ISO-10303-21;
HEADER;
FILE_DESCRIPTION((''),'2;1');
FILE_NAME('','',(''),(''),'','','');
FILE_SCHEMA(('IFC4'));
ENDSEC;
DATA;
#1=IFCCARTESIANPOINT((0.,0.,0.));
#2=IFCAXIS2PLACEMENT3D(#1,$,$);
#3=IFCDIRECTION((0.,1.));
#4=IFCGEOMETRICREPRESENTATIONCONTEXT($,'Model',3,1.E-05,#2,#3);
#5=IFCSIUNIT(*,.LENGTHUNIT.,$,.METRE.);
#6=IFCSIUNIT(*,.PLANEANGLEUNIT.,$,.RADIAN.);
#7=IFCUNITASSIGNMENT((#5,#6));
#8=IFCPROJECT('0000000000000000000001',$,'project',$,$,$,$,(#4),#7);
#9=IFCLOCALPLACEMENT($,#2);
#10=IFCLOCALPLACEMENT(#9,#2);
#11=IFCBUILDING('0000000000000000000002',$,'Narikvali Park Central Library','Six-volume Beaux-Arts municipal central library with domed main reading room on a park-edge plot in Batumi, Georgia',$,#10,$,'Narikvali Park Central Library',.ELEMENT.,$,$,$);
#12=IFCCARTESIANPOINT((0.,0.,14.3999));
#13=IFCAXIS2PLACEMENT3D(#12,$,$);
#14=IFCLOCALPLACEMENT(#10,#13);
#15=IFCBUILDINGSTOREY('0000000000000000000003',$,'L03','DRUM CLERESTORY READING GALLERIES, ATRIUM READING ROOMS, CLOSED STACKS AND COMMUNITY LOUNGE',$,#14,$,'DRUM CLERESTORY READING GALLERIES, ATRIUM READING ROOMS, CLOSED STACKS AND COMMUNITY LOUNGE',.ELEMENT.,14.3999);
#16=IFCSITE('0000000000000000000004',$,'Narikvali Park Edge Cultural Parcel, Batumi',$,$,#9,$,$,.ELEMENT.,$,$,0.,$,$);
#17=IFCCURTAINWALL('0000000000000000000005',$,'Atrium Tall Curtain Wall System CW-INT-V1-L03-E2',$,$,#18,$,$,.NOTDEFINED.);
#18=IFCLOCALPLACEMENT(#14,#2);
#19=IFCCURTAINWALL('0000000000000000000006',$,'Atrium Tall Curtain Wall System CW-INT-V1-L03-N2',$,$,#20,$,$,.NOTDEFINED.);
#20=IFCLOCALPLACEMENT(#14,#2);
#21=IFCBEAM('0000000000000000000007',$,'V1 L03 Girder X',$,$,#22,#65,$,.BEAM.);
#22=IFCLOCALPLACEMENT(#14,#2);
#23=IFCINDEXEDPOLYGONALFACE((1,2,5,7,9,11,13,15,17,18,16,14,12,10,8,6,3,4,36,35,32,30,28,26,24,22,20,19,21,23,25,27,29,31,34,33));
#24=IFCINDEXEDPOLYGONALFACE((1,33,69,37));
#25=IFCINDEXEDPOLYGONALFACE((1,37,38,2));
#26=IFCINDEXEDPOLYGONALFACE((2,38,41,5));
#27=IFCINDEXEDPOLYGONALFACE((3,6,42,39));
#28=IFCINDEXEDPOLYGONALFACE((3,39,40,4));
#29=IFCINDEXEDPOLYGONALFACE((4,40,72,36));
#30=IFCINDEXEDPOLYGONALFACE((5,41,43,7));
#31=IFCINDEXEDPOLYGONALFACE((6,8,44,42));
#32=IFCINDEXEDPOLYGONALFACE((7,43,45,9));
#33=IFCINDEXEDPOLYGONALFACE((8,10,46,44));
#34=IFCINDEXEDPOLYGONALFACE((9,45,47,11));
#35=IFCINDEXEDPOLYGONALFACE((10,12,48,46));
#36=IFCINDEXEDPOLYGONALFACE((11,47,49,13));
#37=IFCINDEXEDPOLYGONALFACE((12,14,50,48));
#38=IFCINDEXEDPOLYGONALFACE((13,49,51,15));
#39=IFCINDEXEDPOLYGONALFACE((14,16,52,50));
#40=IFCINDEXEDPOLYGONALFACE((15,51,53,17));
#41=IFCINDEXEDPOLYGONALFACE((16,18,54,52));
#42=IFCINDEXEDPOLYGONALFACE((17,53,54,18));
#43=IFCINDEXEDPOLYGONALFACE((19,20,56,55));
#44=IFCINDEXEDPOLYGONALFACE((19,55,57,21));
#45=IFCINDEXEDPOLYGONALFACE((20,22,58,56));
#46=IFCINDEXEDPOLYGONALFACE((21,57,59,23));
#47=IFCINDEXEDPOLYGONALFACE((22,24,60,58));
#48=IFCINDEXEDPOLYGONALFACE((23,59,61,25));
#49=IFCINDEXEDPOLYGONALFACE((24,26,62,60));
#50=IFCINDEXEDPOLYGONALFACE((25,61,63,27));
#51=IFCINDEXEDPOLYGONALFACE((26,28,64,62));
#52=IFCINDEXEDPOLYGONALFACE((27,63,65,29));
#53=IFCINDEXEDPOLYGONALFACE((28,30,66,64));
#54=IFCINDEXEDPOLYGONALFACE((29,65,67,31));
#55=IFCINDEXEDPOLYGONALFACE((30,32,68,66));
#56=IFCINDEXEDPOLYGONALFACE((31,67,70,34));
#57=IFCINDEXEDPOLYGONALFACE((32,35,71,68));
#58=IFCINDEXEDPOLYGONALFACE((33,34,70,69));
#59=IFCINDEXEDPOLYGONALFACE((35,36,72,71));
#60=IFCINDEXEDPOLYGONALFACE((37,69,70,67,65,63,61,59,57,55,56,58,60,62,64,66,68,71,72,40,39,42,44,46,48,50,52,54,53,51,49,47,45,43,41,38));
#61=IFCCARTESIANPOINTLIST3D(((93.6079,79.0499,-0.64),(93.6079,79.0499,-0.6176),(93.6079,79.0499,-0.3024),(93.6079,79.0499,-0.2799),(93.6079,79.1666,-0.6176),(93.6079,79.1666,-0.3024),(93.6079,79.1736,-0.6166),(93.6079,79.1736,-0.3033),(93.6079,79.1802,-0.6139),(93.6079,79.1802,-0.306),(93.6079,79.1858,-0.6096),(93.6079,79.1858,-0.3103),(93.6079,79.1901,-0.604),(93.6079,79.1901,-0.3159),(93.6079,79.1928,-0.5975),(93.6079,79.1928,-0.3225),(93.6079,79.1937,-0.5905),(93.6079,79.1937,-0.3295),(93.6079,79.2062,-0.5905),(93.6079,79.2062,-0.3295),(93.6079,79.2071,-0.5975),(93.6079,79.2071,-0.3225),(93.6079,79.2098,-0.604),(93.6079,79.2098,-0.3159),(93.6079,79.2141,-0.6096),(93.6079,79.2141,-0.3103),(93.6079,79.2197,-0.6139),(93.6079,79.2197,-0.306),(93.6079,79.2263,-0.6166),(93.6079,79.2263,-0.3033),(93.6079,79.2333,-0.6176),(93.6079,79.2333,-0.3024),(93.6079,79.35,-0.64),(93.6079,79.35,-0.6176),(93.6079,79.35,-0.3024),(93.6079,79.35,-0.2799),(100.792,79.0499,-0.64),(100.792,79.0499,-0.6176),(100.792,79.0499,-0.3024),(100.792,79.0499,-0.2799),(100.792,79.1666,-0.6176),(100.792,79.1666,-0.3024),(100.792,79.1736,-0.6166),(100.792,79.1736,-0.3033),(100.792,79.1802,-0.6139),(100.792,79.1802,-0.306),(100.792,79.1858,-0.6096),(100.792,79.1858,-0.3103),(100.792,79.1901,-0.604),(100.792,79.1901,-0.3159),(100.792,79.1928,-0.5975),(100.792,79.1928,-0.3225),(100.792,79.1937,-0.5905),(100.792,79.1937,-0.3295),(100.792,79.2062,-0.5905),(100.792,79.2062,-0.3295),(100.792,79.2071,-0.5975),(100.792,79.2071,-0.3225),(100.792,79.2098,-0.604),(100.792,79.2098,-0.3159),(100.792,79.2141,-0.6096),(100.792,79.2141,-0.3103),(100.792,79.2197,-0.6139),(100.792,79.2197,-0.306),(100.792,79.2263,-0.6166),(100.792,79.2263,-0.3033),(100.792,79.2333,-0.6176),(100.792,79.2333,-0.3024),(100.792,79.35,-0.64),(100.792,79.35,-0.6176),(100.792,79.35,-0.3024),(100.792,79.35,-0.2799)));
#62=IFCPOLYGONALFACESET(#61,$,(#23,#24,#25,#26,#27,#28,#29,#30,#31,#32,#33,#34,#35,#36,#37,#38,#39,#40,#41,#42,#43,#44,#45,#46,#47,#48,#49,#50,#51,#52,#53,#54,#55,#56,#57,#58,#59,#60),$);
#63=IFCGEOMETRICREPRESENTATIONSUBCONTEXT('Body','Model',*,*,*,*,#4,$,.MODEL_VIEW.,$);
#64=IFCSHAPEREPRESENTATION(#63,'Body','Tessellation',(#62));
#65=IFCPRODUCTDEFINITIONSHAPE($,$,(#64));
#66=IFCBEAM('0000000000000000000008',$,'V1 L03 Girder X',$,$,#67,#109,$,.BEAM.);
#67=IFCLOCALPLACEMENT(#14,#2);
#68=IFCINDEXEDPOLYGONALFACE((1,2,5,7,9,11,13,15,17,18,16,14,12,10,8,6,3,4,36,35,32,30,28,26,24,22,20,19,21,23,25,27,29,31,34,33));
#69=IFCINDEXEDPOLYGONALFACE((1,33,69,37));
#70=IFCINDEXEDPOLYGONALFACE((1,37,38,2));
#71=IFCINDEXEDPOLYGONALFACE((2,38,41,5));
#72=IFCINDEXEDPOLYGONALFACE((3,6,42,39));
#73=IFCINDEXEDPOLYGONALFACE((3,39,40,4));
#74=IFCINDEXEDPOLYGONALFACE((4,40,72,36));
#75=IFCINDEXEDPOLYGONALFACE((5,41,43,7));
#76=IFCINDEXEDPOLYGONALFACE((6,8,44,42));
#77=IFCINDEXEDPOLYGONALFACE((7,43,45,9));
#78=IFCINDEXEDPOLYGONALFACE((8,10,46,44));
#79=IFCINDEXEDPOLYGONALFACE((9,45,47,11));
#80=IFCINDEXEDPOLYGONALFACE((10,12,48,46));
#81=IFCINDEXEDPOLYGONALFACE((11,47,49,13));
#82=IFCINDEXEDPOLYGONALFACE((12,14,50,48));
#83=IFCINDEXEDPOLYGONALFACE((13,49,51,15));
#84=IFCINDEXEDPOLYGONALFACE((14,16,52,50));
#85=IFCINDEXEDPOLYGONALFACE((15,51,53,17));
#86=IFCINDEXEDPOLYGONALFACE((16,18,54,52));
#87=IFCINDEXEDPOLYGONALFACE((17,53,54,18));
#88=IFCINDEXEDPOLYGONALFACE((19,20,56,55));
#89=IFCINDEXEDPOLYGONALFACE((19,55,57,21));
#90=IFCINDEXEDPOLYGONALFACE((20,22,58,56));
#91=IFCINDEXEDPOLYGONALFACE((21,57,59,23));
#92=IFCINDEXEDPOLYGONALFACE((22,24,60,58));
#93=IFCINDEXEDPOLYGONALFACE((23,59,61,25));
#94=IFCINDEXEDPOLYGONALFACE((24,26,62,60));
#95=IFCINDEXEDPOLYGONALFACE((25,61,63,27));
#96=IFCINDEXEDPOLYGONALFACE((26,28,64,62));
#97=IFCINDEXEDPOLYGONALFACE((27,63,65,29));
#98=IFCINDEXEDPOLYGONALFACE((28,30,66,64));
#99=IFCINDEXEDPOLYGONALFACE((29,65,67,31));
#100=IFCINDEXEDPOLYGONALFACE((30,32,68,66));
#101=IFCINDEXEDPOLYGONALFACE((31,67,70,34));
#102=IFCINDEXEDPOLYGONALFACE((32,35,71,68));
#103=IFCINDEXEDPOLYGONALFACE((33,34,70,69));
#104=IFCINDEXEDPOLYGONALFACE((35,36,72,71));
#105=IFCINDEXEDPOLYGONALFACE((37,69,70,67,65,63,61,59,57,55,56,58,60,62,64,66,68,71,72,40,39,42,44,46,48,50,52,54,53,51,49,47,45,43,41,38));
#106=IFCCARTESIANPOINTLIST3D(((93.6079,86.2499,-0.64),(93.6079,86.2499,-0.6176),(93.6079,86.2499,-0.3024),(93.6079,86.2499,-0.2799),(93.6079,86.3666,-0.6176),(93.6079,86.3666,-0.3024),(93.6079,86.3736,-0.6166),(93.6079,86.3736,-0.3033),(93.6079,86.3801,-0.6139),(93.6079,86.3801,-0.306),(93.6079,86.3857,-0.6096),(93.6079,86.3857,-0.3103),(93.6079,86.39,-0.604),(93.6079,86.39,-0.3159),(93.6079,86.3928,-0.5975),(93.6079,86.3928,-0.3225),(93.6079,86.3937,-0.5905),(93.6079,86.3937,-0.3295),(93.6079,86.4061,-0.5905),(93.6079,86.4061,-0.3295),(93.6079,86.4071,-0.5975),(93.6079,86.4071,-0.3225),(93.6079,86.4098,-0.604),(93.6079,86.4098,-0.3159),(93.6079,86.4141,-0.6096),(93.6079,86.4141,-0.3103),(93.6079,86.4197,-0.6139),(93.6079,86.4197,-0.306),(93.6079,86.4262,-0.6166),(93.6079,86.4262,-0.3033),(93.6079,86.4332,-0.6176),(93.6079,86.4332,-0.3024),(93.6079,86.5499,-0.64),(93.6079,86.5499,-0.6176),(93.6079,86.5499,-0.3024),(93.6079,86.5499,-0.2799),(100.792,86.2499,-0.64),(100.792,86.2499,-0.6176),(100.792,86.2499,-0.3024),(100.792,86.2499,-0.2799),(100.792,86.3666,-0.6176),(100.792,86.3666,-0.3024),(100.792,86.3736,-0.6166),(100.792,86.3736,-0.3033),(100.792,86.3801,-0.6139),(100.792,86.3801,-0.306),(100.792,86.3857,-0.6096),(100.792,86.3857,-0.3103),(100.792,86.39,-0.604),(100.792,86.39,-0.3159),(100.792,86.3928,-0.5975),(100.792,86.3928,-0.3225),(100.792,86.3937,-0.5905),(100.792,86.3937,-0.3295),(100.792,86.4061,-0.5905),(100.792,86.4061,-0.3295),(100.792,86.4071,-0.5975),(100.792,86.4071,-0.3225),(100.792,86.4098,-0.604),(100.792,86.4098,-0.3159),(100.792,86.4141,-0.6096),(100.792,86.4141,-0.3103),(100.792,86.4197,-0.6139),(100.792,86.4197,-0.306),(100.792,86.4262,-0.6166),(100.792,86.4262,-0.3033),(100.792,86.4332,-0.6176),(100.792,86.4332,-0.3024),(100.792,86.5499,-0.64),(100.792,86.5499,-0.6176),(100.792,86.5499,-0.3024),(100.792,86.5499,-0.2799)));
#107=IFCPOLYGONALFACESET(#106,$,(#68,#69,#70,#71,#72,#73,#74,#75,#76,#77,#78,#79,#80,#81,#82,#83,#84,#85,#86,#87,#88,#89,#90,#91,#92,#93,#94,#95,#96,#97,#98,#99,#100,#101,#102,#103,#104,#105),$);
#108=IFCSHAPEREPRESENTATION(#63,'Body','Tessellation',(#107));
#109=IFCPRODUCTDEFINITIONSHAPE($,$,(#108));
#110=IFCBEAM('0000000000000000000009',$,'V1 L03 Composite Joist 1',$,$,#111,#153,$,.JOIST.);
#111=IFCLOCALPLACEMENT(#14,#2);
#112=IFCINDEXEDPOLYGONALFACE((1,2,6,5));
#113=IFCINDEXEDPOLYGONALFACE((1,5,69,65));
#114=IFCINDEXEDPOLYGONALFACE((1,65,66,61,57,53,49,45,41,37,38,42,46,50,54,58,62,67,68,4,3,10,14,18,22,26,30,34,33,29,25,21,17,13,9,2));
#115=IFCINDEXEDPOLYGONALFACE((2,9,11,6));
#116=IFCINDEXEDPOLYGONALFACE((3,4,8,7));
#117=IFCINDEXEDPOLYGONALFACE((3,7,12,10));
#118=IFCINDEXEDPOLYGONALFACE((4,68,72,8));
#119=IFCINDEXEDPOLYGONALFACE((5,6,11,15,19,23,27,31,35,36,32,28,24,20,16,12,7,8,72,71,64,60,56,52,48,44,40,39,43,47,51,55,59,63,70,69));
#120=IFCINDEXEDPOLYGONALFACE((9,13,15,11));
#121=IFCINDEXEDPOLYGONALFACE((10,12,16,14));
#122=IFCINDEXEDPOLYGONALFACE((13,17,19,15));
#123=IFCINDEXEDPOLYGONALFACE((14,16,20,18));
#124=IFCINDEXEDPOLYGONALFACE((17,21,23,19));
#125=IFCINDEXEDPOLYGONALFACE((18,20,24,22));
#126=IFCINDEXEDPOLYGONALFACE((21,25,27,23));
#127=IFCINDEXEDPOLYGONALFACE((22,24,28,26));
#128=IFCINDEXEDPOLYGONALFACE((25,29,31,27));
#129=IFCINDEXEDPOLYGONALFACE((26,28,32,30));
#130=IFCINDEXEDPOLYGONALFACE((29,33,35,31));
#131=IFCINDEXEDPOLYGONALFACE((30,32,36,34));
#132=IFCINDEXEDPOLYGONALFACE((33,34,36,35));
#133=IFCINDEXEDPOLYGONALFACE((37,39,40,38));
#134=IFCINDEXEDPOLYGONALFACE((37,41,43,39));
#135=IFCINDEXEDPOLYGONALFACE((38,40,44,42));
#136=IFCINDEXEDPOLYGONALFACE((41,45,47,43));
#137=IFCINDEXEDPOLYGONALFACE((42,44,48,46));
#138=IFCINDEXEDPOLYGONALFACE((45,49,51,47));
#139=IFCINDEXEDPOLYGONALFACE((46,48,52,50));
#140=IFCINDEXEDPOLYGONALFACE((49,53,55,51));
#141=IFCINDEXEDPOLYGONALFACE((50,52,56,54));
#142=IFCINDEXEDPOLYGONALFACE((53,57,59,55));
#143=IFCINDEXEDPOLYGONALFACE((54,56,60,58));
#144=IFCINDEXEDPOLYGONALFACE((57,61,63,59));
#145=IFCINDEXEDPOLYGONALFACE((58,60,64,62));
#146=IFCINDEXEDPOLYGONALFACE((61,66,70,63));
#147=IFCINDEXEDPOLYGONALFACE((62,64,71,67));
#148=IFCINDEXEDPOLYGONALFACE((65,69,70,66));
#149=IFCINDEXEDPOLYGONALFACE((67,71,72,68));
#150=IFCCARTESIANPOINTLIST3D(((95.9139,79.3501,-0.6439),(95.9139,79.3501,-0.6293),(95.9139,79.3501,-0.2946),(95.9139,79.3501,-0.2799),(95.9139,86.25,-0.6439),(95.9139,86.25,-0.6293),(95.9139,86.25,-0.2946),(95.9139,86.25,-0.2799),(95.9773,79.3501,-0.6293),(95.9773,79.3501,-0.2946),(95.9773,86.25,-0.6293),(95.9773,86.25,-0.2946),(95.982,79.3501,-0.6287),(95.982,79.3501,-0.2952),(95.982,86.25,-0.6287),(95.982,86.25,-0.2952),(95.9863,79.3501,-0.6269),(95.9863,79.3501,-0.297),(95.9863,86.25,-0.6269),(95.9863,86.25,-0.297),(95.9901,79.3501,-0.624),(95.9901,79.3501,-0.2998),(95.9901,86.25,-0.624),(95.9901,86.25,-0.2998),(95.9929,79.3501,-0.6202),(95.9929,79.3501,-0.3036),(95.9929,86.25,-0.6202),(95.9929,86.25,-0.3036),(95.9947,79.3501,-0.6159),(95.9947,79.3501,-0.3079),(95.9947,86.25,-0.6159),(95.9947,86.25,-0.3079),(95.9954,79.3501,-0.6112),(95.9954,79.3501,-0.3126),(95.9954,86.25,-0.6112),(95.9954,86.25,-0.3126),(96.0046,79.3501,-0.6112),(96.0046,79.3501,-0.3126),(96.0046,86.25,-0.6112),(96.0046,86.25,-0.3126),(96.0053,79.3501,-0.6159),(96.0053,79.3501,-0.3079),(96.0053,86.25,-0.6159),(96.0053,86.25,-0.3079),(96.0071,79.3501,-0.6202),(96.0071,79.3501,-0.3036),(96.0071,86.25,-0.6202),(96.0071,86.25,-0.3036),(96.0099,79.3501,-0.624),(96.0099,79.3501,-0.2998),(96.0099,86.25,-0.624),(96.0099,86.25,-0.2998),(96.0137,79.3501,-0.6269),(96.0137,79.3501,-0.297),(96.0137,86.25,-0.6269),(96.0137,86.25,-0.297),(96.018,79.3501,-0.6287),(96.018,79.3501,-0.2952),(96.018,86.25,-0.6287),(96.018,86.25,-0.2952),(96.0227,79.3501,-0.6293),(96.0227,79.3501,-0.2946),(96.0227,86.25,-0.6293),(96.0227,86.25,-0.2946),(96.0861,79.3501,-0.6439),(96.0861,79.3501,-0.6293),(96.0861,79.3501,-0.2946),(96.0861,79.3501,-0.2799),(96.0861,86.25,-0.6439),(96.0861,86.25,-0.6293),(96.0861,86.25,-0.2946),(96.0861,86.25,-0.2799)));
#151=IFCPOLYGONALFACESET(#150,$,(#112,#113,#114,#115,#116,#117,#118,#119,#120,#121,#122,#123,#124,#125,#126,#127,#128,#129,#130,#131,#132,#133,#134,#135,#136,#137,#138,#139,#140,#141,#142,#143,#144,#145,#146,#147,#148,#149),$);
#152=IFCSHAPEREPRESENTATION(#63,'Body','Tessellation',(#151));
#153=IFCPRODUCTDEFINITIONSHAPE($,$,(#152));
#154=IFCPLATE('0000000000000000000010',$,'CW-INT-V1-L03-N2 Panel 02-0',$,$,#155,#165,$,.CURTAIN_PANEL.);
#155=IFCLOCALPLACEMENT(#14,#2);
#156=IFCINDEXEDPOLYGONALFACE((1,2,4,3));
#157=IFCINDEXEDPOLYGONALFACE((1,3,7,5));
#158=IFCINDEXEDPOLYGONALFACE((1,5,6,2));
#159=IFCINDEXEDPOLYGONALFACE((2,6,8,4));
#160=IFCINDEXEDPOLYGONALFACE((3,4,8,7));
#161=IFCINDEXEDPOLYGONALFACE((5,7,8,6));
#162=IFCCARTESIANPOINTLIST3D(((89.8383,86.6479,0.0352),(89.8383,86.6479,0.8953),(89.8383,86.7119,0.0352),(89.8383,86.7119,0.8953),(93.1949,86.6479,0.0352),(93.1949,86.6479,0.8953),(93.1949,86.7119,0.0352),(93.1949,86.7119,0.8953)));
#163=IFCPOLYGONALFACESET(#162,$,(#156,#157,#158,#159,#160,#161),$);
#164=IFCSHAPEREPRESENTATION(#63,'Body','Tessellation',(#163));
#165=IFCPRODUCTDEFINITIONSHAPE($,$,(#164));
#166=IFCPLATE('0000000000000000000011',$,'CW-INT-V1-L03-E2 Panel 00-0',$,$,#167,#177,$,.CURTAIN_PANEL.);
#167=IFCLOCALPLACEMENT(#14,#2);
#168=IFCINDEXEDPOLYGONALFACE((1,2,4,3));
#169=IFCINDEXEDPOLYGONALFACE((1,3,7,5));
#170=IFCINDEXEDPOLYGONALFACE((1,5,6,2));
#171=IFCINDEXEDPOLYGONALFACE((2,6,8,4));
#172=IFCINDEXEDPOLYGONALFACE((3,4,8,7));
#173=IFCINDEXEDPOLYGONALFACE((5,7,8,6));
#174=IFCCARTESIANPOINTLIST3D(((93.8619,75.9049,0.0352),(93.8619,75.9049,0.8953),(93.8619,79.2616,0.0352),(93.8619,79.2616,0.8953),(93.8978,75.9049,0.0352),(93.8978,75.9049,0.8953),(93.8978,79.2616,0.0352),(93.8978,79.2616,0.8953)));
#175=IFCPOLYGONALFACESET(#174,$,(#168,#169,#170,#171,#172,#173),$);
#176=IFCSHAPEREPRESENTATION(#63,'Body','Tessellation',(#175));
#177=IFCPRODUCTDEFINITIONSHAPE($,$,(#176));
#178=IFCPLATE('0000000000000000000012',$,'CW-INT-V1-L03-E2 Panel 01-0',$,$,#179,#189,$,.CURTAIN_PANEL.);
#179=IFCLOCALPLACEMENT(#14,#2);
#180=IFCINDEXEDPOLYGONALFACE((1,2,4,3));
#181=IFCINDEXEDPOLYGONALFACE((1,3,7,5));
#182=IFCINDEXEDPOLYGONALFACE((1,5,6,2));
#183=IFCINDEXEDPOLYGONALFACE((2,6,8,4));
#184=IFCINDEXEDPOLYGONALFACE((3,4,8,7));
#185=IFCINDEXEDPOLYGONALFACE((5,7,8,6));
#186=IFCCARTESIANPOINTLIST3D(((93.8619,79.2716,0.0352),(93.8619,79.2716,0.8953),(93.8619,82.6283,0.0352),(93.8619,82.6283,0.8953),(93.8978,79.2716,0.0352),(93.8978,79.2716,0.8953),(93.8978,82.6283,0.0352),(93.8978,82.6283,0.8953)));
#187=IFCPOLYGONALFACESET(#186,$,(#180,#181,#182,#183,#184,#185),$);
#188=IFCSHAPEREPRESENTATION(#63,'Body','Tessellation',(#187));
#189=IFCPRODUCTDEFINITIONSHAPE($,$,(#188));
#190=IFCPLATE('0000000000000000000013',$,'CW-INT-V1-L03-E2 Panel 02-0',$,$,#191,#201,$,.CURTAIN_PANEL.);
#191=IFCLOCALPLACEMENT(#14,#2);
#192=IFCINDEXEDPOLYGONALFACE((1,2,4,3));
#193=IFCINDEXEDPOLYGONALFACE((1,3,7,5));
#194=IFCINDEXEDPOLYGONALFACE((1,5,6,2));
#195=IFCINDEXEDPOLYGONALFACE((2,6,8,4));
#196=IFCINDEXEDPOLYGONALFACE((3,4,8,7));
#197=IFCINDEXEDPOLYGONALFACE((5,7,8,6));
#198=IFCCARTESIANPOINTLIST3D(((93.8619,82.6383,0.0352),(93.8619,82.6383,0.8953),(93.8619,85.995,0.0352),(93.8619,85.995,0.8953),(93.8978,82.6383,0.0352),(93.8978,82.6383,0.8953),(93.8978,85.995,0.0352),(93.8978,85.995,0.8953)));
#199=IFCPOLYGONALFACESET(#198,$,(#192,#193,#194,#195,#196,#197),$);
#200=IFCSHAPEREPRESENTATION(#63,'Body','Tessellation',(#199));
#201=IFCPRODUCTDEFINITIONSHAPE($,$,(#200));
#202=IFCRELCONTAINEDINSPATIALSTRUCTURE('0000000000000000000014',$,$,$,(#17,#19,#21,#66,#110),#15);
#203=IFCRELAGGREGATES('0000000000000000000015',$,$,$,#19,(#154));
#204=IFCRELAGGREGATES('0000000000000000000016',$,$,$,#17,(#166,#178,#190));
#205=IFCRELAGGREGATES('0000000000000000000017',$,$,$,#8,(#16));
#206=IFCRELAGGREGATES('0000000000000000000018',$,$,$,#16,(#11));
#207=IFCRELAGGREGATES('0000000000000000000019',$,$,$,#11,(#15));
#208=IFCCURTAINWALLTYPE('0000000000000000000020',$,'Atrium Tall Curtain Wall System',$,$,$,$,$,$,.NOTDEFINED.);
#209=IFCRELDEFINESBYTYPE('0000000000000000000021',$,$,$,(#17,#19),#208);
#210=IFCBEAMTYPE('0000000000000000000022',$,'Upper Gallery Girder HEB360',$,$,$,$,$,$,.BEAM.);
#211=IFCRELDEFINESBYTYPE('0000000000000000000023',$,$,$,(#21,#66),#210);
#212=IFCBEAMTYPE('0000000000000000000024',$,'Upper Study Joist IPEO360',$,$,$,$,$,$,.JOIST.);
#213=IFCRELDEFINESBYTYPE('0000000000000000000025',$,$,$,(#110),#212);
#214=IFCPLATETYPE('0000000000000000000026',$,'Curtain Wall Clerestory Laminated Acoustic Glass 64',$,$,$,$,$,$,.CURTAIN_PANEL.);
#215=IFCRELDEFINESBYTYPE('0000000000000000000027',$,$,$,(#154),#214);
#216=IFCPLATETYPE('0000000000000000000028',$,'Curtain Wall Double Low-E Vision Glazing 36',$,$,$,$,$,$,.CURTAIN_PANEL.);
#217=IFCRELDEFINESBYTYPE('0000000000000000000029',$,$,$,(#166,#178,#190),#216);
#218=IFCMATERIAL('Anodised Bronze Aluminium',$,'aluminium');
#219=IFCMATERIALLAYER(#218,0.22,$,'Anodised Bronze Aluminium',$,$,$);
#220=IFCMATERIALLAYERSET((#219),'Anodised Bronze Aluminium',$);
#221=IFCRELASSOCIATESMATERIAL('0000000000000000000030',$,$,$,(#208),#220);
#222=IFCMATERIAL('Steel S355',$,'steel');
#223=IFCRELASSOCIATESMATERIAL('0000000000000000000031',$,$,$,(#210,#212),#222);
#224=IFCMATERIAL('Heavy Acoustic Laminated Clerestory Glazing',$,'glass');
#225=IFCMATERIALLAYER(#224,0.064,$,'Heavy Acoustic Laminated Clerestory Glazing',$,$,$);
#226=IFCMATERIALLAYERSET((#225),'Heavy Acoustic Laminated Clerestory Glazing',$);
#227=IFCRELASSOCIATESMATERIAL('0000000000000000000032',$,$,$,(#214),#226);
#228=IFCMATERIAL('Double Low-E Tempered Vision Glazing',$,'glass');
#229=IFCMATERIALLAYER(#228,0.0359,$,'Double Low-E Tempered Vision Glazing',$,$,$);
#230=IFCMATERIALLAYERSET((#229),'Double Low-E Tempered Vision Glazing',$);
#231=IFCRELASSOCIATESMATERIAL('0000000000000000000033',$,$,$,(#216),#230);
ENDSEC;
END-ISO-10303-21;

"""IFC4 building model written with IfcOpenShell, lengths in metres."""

from ifc_helpers import new_model, si_unit, direction, frame, origin, origin_2d, place, context, subcontext, project, spatial, rectangle, i_section, extrude, material, layer, layer_set, material_profile, profile_set, type_object, element, aggregate, save


model = new_model("IFC4")

# Units and contexts
model_context = context("Model", 3, precision=1e-05, world=origin(), true_north=direction((0.0, 1.0)))
body_context = subcontext(model_context, "Body", "Model", "MODEL_VIEW")
ifc_project = project(units=[si_unit("LENGTHUNIT", "METRE"), si_unit("PLANEANGLEUNIT", "RADIAN")], contexts=[model_context])

# Site, building, storey
site_placement = place(None, origin())
site = spatial("IfcSite", under=ifc_project, at=site_placement, Name="Narikvali Park Edge Cultural Parcel, Batumi", CompositionType="ELEMENT", RefElevation=0.0)
building_placement = place(site_placement, origin())
building = spatial("IfcBuilding", under=site, at=building_placement, Name="Narikvali Park Central Library", Description="Six-volume Beaux-Arts municipal central library with domed main reading room on a park-edge plot in Batumi, Georgia", LongName="Narikvali Park Central Library", CompositionType="ELEMENT")
storey_placement = place(building_placement, frame((0.0, 0.0, 14.3999)))
storey = spatial("IfcBuildingStorey", under=building, at=storey_placement, Name="L03", Description="DRUM CLERESTORY READING GALLERIES, ATRIUM READING ROOMS, CLOSED STACKS AND COMMUNITY LOUNGE", LongName="DRUM CLERESTORY READING GALLERIES, ATRIUM READING ROOMS, CLOSED STACKS AND COMMUNITY LOUNGE", CompositionType="ELEMENT", Elevation=14.3999)

# Shared definitions
ifc_material_1 = material(Name="Steel S355", Category="steel")

# Curtain wall
ifc_material_2 = material(Name="Anodised Bronze Aluminium", Category="aluminium")
ifc_layer_1 = layer(ifc_material_2, 0.22, Name="Anodised Bronze Aluminium")
ifc_layer_set_1 = layer_set([ifc_layer_1], Name="Anodised Bronze Aluminium")
curtain_wall_type = type_object("IfcCurtainWallType", Name="Atrium Tall Curtain Wall System", PredefinedType="NOTDEFINED", material=ifc_layer_set_1)
curtain_wall_1_placement = place(storey_placement, origin())
curtain_wall_1 = element("IfcCurtainWall", 1, at=curtain_wall_1_placement, inside=storey, type_object=curtain_wall_type, Name="Atrium Tall Curtain Wall System CW-INT-V1-L03-E2", PredefinedType="NOTDEFINED")

# Curtain wall
curtain_wall_2_placement = place(storey_placement, origin())
curtain_wall_2 = element("IfcCurtainWall", 2, at=curtain_wall_2_placement, inside=storey, type_object=curtain_wall_type, Name="Atrium Tall Curtain Wall System CW-INT-V1-L03-N2", PredefinedType="NOTDEFINED")

# Beams
ifc_material_profile_1 = material_profile(ifc_material_1, i_section(OverallWidth=0.3, OverallDepth=0.3601, WebThickness=0.0125, FlangeThickness=0.0225, FilletRadius=0.0271, at=origin_2d()), Name="HEB 360")
ifc_profile_set_1 = profile_set([ifc_material_profile_1], Name="Steel S355")
beam_type_1 = type_object("IfcBeamType", Name="Upper Gallery Girder HEB360", PredefinedType="BEAM", material=ifc_profile_set_1)
for number, where, z_axis, x_axis, name in (
    (3, (93.6079, 79.2, -0.46), (1.0, 0.0, 0.0), (0.0, 1.0, 0.0), "V1 L03 Girder X"),
    (4, (93.6079, 86.3999, -0.46), (1.0, 0.0, 0.0), (0.0, 1.0, 0.0), "V1 L03 Girder X"),
):
    element("IfcBeam", number, at=place(storey_placement, frame(where, z_axis=z_axis, x_axis=x_axis)), inside=storey, type_object=beam_type_1, Name=name, PredefinedType="BEAM", context=body_context, shape_type="SweptSolid", body=[
        extrude(i_section(OverallWidth=0.3, OverallDepth=0.3601, WebThickness=0.0125, FlangeThickness=0.0225, FilletRadius=0.0271, at=origin_2d()), origin(), (0.0, 0.0, 1.0), 7.1841),
    ])
ifc_material_profile_2 = material_profile(ifc_material_1, i_section(OverallWidth=0.1721, OverallDepth=0.364, WebThickness=0.0093, FlangeThickness=0.0146, FilletRadius=0.0181, at=origin_2d()), Name="IPEO 360")
ifc_profile_set_2 = profile_set([ifc_material_profile_2], Name="Steel S355")
beam_type_2 = type_object("IfcBeamType", Name="Upper Study Joist IPEO360", PredefinedType="JOIST", material=ifc_profile_set_2)
beam_1_placement = place(storey_placement, frame((96.0, 79.3501, -0.4619), z_axis=(0.0, 1.0, 0.0), x_axis=(-1.0, 0.0, 0.0)))
element("IfcBeam", 5, at=beam_1_placement, inside=storey, type_object=beam_type_2, Name="V1 L03 Composite Joist 1", PredefinedType="JOIST", context=body_context, shape_type="SweptSolid", body=[
    extrude(i_section(OverallWidth=0.1721, OverallDepth=0.364, WebThickness=0.0093, FlangeThickness=0.0146, FilletRadius=0.0181, at=origin_2d()), origin(), (0.0, 0.0, 1.0), 6.8999),
])

# Plates
ifc_material_3 = material(Name="Heavy Acoustic Laminated Clerestory Glazing", Category="glass")
ifc_layer_2 = layer(ifc_material_3, 0.064, Name="Heavy Acoustic Laminated Clerestory Glazing")
ifc_layer_set_2 = layer_set([ifc_layer_2], Name="Heavy Acoustic Laminated Clerestory Glazing")
plate_type_1 = type_object("IfcPlateType", Name="Curtain Wall Clerestory Laminated Acoustic Glass 64", PredefinedType="CURTAIN_PANEL", material=ifc_layer_set_2)
plate_1_placement = place(storey_placement, frame((91.5166, 86.6799, 0.0352), z_axis=(0.0, 0.0, 1.0), x_axis=(1.0, 0.0, 0.0)))
plate_1 = element("IfcPlate", 6, at=plate_1_placement, type_object=plate_type_1, Name="CW-INT-V1-L03-N2 Panel 02-0", PredefinedType="CURTAIN_PANEL", context=body_context, shape_type="SweptSolid", body=[
    extrude(rectangle(XDim=3.3567, YDim=0.064, at=origin_2d()), origin(), (0.0, 0.0, 1.0), 0.8601),
])
aggregate(curtain_wall_2, [plate_1])
ifc_material_4 = material(Name="Double Low-E Tempered Vision Glazing", Category="glass")
ifc_layer_3 = layer(ifc_material_4, 0.0359, Name="Double Low-E Tempered Vision Glazing")
ifc_layer_set_3 = layer_set([ifc_layer_3], Name="Double Low-E Tempered Vision Glazing")
plate_type_2 = type_object("IfcPlateType", Name="Curtain Wall Double Low-E Vision Glazing 36", PredefinedType="CURTAIN_PANEL", material=ifc_layer_set_3)
plate_2_placement = place(storey_placement, frame((93.8799, 77.5833, 0.0352), z_axis=(0.0, 0.0, 1.0), x_axis=(0.0, 1.0, 0.0)))
plate_2 = element("IfcPlate", 7, at=plate_2_placement, type_object=plate_type_2, Name="CW-INT-V1-L03-E2 Panel 00-0", PredefinedType="CURTAIN_PANEL", context=body_context, shape_type="SweptSolid", body=[
    extrude(rectangle(XDim=3.3567, YDim=0.0359, at=origin_2d()), origin(), (0.0, 0.0, 1.0), 0.8601),
])
plate_3_placement = place(storey_placement, frame((93.8799, 80.95, 0.0352), z_axis=(0.0, 0.0, 1.0), x_axis=(0.0, 1.0, 0.0)))
plate_3 = element("IfcPlate", 8, at=plate_3_placement, type_object=plate_type_2, Name="CW-INT-V1-L03-E2 Panel 01-0", PredefinedType="CURTAIN_PANEL", context=body_context, shape_type="SweptSolid", body=[
    extrude(rectangle(XDim=3.3567, YDim=0.0359, at=origin_2d()), origin(), (0.0, 0.0, 1.0), 0.8601),
])
plate_4_placement = place(storey_placement, frame((93.8799, 84.3167, 0.0352), z_axis=(0.0, 0.0, 1.0), x_axis=(0.0, 1.0, 0.0)))
plate_4 = element("IfcPlate", 9, at=plate_4_placement, type_object=plate_type_2, Name="CW-INT-V1-L03-E2 Panel 02-0", PredefinedType="CURTAIN_PANEL", context=body_context, shape_type="SweptSolid", body=[
    extrude(rectangle(XDim=3.3567, YDim=0.0359, at=origin_2d()), origin(), (0.0, 0.0, 1.0), 0.8601),
])
aggregate(curtain_wall_1, [plate_2, plate_3, plate_4])

save(model, "model.ifc")
